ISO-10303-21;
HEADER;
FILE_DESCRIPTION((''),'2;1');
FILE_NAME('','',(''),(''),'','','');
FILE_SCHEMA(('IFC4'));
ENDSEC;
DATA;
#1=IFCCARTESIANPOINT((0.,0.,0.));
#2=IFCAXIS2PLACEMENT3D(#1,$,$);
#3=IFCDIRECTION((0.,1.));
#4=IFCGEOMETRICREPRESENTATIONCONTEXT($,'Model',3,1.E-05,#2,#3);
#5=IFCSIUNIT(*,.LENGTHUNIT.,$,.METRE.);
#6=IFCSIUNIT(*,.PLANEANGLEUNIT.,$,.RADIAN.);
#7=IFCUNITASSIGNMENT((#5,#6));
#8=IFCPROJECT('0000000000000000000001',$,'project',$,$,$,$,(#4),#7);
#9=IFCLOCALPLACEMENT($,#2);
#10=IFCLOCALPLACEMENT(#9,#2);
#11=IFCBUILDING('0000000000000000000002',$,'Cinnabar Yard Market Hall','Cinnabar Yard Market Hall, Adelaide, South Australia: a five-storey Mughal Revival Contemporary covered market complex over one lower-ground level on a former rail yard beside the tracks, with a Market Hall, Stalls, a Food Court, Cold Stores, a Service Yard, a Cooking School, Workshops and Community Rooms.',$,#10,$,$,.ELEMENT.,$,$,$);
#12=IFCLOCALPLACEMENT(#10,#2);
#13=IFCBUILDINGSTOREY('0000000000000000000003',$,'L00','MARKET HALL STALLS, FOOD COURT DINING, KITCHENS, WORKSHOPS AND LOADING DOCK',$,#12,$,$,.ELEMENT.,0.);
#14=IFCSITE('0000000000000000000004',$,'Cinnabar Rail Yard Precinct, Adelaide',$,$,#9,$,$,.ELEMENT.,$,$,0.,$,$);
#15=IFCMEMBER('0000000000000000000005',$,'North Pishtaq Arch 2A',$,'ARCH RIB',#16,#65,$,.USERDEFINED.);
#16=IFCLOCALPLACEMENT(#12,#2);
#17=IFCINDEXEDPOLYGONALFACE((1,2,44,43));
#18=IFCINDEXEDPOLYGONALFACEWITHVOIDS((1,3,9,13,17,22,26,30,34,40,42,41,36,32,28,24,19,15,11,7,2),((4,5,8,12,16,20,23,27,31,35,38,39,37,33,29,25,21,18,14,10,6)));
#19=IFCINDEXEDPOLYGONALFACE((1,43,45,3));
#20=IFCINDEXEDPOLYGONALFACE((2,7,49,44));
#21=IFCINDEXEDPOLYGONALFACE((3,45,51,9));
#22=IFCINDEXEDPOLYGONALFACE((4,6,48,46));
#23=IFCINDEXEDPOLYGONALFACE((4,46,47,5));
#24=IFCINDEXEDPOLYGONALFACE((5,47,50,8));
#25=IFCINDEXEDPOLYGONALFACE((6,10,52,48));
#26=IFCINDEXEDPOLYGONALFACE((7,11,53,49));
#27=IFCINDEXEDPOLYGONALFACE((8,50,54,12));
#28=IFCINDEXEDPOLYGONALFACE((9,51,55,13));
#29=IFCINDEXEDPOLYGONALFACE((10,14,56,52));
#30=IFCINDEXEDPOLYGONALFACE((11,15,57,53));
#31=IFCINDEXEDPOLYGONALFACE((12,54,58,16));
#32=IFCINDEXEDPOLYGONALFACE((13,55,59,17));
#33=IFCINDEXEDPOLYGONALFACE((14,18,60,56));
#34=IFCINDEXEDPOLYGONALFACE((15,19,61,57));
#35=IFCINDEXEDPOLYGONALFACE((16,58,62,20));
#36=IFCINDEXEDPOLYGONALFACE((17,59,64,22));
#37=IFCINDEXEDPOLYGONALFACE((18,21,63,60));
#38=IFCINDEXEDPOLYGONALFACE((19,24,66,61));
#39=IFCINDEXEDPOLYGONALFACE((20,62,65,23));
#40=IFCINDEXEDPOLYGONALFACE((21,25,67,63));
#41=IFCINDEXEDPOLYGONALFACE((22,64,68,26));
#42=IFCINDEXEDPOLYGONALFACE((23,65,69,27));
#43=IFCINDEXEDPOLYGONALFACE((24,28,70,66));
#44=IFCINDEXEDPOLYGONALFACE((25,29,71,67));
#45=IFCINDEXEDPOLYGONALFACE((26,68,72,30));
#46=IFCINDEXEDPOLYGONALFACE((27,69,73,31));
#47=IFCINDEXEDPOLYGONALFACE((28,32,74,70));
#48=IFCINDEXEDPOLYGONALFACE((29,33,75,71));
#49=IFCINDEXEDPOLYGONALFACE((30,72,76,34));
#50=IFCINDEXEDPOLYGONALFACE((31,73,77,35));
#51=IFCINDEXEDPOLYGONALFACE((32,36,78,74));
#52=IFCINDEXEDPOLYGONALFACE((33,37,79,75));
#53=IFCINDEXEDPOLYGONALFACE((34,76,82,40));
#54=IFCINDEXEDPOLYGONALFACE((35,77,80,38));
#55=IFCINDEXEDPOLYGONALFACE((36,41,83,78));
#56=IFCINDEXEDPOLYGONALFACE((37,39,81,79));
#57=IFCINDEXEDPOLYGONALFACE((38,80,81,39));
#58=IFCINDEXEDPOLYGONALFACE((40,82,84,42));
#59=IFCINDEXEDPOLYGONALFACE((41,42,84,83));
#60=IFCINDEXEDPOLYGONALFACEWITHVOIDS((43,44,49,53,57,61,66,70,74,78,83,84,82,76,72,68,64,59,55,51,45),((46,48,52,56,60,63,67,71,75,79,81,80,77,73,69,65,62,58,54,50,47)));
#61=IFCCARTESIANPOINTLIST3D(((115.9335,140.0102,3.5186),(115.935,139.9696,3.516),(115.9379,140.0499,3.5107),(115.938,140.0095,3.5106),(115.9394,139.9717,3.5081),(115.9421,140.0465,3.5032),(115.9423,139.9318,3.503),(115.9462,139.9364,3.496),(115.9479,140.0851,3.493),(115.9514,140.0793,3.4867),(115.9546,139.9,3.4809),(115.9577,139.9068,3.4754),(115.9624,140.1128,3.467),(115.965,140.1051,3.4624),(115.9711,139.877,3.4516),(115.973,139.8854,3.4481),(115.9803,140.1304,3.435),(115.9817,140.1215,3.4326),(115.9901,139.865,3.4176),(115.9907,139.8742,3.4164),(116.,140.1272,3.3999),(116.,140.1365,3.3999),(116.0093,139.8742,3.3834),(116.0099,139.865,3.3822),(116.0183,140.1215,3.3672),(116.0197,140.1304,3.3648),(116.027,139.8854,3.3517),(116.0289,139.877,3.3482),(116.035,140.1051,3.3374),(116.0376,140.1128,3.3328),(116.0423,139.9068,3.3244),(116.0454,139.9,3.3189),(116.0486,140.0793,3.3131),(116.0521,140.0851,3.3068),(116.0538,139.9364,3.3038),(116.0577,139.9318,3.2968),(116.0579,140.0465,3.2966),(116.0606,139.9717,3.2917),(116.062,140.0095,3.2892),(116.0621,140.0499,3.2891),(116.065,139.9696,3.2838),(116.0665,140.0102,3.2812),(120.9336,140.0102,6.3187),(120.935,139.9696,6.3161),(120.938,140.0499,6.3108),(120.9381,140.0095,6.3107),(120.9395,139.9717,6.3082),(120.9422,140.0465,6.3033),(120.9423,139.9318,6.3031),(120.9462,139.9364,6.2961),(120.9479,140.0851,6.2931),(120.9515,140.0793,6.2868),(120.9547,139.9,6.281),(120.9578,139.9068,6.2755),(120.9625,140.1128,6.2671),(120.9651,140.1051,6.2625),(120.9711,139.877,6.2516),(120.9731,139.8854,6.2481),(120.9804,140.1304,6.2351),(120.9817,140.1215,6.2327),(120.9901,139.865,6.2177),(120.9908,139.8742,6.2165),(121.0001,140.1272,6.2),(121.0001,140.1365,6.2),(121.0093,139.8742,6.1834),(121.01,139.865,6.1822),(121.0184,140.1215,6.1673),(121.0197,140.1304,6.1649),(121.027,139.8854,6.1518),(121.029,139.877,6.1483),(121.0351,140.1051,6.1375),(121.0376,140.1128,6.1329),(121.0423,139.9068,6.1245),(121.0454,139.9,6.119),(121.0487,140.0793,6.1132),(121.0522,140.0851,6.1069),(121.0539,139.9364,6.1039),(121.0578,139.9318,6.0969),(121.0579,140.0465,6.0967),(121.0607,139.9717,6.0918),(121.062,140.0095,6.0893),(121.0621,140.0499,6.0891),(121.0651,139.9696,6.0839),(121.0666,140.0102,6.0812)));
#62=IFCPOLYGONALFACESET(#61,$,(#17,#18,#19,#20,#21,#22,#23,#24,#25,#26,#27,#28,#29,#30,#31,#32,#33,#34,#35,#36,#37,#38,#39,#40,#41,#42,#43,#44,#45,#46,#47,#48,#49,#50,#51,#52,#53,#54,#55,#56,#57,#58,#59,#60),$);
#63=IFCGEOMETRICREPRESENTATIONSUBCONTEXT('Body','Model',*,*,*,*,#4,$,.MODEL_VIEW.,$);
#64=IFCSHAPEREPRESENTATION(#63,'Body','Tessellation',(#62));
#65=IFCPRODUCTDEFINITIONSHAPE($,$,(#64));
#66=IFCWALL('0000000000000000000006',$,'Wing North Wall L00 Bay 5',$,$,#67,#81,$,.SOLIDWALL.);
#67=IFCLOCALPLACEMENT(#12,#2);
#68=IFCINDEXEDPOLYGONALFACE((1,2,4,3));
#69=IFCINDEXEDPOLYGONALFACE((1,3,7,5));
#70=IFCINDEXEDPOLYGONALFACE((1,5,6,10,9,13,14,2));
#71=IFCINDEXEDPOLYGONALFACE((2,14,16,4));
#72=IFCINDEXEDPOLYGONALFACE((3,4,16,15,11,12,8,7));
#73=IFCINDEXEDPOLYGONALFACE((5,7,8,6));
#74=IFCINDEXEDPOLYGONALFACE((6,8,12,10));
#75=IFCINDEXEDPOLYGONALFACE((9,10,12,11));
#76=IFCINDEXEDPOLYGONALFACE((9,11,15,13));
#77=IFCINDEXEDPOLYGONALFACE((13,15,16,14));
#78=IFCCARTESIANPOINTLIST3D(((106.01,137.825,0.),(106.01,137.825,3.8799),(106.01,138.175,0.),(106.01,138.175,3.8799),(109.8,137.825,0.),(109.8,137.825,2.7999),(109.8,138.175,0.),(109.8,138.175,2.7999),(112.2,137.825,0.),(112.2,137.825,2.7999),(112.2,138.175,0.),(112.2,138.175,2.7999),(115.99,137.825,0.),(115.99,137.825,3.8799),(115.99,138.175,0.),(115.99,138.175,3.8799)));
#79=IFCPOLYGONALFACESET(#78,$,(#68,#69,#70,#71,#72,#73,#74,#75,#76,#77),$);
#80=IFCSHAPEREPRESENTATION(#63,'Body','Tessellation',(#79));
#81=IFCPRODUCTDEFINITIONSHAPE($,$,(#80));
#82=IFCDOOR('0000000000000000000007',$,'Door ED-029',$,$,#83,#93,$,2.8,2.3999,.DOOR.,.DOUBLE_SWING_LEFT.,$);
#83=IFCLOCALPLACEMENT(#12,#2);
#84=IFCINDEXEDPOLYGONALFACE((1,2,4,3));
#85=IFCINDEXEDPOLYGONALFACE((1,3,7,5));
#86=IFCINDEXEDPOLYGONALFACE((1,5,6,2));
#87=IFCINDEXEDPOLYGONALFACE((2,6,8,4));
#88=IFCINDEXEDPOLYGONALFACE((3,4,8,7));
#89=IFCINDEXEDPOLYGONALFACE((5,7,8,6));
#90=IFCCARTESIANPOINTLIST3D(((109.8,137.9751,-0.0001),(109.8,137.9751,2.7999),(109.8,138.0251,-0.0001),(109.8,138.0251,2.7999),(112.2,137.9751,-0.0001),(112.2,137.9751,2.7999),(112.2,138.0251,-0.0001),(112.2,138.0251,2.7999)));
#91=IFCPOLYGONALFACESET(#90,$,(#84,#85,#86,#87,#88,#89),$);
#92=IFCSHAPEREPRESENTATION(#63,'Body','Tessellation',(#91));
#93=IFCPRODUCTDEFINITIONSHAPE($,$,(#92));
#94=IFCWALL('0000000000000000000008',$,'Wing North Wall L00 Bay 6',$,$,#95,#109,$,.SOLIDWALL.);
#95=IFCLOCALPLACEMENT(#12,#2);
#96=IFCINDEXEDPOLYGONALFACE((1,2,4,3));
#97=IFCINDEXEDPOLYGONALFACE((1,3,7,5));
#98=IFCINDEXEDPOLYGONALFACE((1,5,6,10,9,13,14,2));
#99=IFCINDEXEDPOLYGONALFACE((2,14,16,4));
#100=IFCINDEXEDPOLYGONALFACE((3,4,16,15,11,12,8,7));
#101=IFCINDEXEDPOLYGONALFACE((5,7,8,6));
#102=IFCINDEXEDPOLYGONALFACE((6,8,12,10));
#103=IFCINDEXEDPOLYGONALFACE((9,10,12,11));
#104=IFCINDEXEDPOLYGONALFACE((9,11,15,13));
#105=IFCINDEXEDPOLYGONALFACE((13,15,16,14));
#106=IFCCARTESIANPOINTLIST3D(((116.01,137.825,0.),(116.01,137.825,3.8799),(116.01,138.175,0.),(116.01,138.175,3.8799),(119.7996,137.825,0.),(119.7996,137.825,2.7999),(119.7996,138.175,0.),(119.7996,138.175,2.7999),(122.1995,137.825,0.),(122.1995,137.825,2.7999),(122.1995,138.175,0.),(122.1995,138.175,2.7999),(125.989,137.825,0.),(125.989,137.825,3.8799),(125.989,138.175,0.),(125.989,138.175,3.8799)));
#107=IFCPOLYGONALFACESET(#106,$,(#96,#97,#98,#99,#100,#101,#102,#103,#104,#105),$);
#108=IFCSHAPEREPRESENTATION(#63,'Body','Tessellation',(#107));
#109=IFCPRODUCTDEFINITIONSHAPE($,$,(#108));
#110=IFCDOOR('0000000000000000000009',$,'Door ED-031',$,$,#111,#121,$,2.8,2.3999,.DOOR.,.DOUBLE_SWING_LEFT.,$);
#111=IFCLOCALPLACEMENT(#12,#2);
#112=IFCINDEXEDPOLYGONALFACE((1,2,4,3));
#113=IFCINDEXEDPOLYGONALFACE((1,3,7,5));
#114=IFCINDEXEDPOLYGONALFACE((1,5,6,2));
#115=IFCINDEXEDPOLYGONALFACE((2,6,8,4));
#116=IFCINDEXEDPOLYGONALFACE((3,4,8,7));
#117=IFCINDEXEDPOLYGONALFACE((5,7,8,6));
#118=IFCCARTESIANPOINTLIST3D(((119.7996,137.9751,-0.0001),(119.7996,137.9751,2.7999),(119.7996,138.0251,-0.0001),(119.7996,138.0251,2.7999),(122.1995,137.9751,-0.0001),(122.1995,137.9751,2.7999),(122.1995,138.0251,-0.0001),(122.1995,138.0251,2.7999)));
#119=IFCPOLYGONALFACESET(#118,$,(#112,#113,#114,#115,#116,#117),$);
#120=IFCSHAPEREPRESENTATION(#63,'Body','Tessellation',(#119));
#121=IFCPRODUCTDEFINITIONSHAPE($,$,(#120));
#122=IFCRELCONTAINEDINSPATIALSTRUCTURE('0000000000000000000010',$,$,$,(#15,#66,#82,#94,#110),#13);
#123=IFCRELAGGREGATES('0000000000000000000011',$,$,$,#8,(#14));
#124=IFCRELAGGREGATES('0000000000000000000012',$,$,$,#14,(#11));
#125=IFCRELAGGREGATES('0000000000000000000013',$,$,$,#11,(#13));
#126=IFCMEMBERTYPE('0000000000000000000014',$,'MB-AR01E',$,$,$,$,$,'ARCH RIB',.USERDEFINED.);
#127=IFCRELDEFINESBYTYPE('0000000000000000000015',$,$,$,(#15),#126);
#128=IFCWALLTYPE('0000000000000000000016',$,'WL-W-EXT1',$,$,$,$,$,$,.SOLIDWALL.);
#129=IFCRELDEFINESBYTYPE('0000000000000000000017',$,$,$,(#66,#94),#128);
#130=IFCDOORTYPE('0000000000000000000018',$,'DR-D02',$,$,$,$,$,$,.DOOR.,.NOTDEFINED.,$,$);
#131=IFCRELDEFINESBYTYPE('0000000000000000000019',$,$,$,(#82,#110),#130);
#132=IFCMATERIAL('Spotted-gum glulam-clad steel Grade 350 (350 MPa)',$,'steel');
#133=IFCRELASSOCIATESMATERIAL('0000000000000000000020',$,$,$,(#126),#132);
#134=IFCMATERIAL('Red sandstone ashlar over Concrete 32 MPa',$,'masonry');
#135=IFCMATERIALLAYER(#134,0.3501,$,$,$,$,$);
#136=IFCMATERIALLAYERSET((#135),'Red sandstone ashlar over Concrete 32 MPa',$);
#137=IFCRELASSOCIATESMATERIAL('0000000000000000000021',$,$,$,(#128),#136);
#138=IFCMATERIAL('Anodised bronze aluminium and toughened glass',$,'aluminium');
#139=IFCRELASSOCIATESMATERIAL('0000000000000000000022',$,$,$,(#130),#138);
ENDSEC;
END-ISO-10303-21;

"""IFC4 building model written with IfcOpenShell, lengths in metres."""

from ifc_helpers import new_model, si_unit, direction, frame, frame_2d, origin, origin_2d_with_axis, place, context, subcontext, project, spatial, rectangle, hollow_circle, extrude, material, layer, layer_set, material_profile, profile_set, type_object, element, fill, save


model = new_model("IFC4")

# Units and contexts
model_context = context("Model", 3, precision=1e-05, world=origin(), true_north=direction((0.0, 1.0)))
body_context = subcontext(model_context, "Body", "Model", "MODEL_VIEW")
ifc_project = project(units=[si_unit("LENGTHUNIT", "METRE"), si_unit("PLANEANGLEUNIT", "RADIAN")], contexts=[model_context])

# Site, building, storey
site_placement = place(None, origin())
site = spatial("IfcSite", under=ifc_project, at=site_placement, Name="Cinnabar Rail Yard Precinct, Adelaide", CompositionType="ELEMENT", RefElevation=0.0)
building_placement = place(site_placement, origin())
building = spatial("IfcBuilding", under=site, at=building_placement, Name="Cinnabar Yard Market Hall", Description="Cinnabar Yard Market Hall, Adelaide, South Australia: a five-storey Mughal Revival Contemporary covered market complex over one lower-ground level on a former rail yard beside the tracks, with a Market Hall, Stalls, a Food Court, Cold Stores, a Service Yard, a Cooking School, Workshops and Community Rooms.", CompositionType="ELEMENT")
storey_placement = place(building_placement, origin())
storey = spatial("IfcBuildingStorey", under=building, at=storey_placement, Name="L00", Description="MARKET HALL STALLS, FOOD COURT DINING, KITCHENS, WORKSHOPS AND LOADING DOCK", CompositionType="ELEMENT", Elevation=0.0)

# Member
ifc_material_1 = material(Name="Spotted-gum glulam-clad steel Grade 350 (350 MPa)", Category="steel")
ifc_material_profile_1 = material_profile(ifc_material_1, hollow_circle(Radius=0.1365, WallThickness=0.0093, at=origin_2d_with_axis()), Name="273.1x9.3CHS")
ifc_profile_set_1 = profile_set([ifc_material_profile_1], Name="Spotted-gum glulam-clad steel Grade 350 (350 MPa)")
member_type = type_object("IfcMemberType", Name="MB-AR01E", ElementType="ARCH RIB", PredefinedType="USERDEFINED", material=ifc_profile_set_1)
for number, where, z_axis, x_axis, name in (
    (1, (116.0, 140.0, 3.3999), (0.872502, 0.0, 0.48861), (0.0, 1.0, 0.0), "North Pishtaq Arch 2A"),
):
    element("IfcMember", number, at=place(storey_placement, frame(where, z_axis=z_axis, x_axis=x_axis)), inside=storey, type_object=member_type, Name=name, ObjectType="ARCH RIB", PredefinedType="USERDEFINED", context=body_context, shape_type="SweptSolid", body=[
        extrude(hollow_circle(Radius=0.1365, WallThickness=0.0093, at=origin_2d_with_axis()), origin(), (0.0, 0.0, 1.0), 5.7307),
    ])

# Walls, openings, doors
ifc_material_2 = material(Name="Red sandstone ashlar over Concrete 32 MPa", Category="masonry")
ifc_layer_1 = layer(ifc_material_2, 0.3501)
ifc_layer_set_1 = layer_set([ifc_layer_1], Name="Red sandstone ashlar over Concrete 32 MPa")
wall_type = type_object("IfcWallType", Name="WL-W-EXT1", PredefinedType="SOLIDWALL", material=ifc_layer_set_1)
wall_1_placement = place(storey_placement, frame((115.99, 138.0, 0.0), z_axis=(0.0, 0.0, 1.0), x_axis=(-1.0, 0.0, 0.0)))
wall_1 = element("IfcWall", 2, at=wall_1_placement, inside=storey, type_object=wall_type, Name="Wing North Wall L00 Bay 5", PredefinedType="SOLIDWALL", context=body_context, shape_type="SweptSolid", body=[
    extrude(rectangle(XDim=9.98, YDim=0.3501, at=frame_2d((4.99, 0.0), x_axis=(1.0, 0.0))), origin(), (0.0, 0.0, 1.0), 3.8799),
])
opening_1_placement = place(wall_1_placement, frame((3.79, 0.0, 0.0)))
opening_1 = element("IfcOpeningElement", 3, at=opening_1_placement, cuts=wall_1, PredefinedType="OPENING", context=body_context, shape_type="SweptSolid", body=[
    extrude(rectangle(XDim=2.3999, YDim=2.8, at=frame_2d((1.2, 1.3999), x_axis=(1.0, 0.0))), frame((0.0, 0.1851, 0.0), z_axis=(0.0, -1.0, 0.0), x_axis=(1.0, 0.0, 0.0)), (0.0, 0.0, 1.0), 0.3701),
])
ifc_material_3 = material(Name="Anodised bronze aluminium and toughened glass", Category="aluminium")
door_type = type_object("IfcDoorType", Name="DR-D02", OperationType="NOTDEFINED", PredefinedType="DOOR", material=ifc_material_3)
door_1_placement = place(opening_1_placement, origin())
door_1 = element("IfcDoor", 4, at=door_1_placement, inside=storey, type_object=door_type, Name="Door ED-029", OperationType="DOUBLE_SWING_LEFT", OverallHeight=2.8, OverallWidth=2.3999, PredefinedType="DOOR", context=body_context, shape_type="SweptSolid", body=[
    extrude(rectangle(XDim=2.3999, YDim=2.8, at=frame_2d((1.2, 1.3999), x_axis=(1.0, 0.0))), frame((0.0, 0.0249, 0.0), z_axis=(0.0, -1.0, 0.0), x_axis=(1.0, 0.0, 0.0)), (0.0, 0.0, 1.0), 0.05),
])
fill(opening_1, door_1)
wall_2_placement = place(storey_placement, frame((125.989, 138.0, 0.0), z_axis=(0.0, 0.0, 1.0), x_axis=(-1.0, 0.0, 0.0)))
wall_2 = element("IfcWall", 5, at=wall_2_placement, inside=storey, type_object=wall_type, Name="Wing North Wall L00 Bay 6", PredefinedType="SOLIDWALL", context=body_context, shape_type="SweptSolid", body=[
    extrude(rectangle(XDim=9.979, YDim=0.3501, at=frame_2d((4.9895, 0.0), x_axis=(1.0, 0.0))), origin(), (0.0, 0.0, 1.0), 3.8799),
])
opening_2_placement = place(wall_2_placement, frame((3.7896, 0.0, 0.0)))
opening_2 = element("IfcOpeningElement", 6, at=opening_2_placement, cuts=wall_2, PredefinedType="OPENING", context=body_context, shape_type="SweptSolid", body=[
    extrude(rectangle(XDim=2.3999, YDim=2.8, at=frame_2d((1.2, 1.3999), x_axis=(1.0, 0.0))), frame((0.0, 0.1851, 0.0), z_axis=(0.0, -1.0, 0.0), x_axis=(1.0, 0.0, 0.0)), (0.0, 0.0, 1.0), 0.3701),
])
door_2_placement = place(opening_2_placement, origin())
door_2 = element("IfcDoor", 7, at=door_2_placement, inside=storey, type_object=door_type, Name="Door ED-031", OperationType="DOUBLE_SWING_LEFT", OverallHeight=2.8, OverallWidth=2.3999, PredefinedType="DOOR", context=body_context, shape_type="SweptSolid", body=[
    extrude(rectangle(XDim=2.3999, YDim=2.8, at=frame_2d((1.2, 1.3999), x_axis=(1.0, 0.0))), frame((0.0, 0.0249, 0.0), z_axis=(0.0, -1.0, 0.0), x_axis=(1.0, 0.0, 0.0)), (0.0, 0.0, 1.0), 0.05),
])
fill(opening_2, door_2)

save(model, "model.ifc")
